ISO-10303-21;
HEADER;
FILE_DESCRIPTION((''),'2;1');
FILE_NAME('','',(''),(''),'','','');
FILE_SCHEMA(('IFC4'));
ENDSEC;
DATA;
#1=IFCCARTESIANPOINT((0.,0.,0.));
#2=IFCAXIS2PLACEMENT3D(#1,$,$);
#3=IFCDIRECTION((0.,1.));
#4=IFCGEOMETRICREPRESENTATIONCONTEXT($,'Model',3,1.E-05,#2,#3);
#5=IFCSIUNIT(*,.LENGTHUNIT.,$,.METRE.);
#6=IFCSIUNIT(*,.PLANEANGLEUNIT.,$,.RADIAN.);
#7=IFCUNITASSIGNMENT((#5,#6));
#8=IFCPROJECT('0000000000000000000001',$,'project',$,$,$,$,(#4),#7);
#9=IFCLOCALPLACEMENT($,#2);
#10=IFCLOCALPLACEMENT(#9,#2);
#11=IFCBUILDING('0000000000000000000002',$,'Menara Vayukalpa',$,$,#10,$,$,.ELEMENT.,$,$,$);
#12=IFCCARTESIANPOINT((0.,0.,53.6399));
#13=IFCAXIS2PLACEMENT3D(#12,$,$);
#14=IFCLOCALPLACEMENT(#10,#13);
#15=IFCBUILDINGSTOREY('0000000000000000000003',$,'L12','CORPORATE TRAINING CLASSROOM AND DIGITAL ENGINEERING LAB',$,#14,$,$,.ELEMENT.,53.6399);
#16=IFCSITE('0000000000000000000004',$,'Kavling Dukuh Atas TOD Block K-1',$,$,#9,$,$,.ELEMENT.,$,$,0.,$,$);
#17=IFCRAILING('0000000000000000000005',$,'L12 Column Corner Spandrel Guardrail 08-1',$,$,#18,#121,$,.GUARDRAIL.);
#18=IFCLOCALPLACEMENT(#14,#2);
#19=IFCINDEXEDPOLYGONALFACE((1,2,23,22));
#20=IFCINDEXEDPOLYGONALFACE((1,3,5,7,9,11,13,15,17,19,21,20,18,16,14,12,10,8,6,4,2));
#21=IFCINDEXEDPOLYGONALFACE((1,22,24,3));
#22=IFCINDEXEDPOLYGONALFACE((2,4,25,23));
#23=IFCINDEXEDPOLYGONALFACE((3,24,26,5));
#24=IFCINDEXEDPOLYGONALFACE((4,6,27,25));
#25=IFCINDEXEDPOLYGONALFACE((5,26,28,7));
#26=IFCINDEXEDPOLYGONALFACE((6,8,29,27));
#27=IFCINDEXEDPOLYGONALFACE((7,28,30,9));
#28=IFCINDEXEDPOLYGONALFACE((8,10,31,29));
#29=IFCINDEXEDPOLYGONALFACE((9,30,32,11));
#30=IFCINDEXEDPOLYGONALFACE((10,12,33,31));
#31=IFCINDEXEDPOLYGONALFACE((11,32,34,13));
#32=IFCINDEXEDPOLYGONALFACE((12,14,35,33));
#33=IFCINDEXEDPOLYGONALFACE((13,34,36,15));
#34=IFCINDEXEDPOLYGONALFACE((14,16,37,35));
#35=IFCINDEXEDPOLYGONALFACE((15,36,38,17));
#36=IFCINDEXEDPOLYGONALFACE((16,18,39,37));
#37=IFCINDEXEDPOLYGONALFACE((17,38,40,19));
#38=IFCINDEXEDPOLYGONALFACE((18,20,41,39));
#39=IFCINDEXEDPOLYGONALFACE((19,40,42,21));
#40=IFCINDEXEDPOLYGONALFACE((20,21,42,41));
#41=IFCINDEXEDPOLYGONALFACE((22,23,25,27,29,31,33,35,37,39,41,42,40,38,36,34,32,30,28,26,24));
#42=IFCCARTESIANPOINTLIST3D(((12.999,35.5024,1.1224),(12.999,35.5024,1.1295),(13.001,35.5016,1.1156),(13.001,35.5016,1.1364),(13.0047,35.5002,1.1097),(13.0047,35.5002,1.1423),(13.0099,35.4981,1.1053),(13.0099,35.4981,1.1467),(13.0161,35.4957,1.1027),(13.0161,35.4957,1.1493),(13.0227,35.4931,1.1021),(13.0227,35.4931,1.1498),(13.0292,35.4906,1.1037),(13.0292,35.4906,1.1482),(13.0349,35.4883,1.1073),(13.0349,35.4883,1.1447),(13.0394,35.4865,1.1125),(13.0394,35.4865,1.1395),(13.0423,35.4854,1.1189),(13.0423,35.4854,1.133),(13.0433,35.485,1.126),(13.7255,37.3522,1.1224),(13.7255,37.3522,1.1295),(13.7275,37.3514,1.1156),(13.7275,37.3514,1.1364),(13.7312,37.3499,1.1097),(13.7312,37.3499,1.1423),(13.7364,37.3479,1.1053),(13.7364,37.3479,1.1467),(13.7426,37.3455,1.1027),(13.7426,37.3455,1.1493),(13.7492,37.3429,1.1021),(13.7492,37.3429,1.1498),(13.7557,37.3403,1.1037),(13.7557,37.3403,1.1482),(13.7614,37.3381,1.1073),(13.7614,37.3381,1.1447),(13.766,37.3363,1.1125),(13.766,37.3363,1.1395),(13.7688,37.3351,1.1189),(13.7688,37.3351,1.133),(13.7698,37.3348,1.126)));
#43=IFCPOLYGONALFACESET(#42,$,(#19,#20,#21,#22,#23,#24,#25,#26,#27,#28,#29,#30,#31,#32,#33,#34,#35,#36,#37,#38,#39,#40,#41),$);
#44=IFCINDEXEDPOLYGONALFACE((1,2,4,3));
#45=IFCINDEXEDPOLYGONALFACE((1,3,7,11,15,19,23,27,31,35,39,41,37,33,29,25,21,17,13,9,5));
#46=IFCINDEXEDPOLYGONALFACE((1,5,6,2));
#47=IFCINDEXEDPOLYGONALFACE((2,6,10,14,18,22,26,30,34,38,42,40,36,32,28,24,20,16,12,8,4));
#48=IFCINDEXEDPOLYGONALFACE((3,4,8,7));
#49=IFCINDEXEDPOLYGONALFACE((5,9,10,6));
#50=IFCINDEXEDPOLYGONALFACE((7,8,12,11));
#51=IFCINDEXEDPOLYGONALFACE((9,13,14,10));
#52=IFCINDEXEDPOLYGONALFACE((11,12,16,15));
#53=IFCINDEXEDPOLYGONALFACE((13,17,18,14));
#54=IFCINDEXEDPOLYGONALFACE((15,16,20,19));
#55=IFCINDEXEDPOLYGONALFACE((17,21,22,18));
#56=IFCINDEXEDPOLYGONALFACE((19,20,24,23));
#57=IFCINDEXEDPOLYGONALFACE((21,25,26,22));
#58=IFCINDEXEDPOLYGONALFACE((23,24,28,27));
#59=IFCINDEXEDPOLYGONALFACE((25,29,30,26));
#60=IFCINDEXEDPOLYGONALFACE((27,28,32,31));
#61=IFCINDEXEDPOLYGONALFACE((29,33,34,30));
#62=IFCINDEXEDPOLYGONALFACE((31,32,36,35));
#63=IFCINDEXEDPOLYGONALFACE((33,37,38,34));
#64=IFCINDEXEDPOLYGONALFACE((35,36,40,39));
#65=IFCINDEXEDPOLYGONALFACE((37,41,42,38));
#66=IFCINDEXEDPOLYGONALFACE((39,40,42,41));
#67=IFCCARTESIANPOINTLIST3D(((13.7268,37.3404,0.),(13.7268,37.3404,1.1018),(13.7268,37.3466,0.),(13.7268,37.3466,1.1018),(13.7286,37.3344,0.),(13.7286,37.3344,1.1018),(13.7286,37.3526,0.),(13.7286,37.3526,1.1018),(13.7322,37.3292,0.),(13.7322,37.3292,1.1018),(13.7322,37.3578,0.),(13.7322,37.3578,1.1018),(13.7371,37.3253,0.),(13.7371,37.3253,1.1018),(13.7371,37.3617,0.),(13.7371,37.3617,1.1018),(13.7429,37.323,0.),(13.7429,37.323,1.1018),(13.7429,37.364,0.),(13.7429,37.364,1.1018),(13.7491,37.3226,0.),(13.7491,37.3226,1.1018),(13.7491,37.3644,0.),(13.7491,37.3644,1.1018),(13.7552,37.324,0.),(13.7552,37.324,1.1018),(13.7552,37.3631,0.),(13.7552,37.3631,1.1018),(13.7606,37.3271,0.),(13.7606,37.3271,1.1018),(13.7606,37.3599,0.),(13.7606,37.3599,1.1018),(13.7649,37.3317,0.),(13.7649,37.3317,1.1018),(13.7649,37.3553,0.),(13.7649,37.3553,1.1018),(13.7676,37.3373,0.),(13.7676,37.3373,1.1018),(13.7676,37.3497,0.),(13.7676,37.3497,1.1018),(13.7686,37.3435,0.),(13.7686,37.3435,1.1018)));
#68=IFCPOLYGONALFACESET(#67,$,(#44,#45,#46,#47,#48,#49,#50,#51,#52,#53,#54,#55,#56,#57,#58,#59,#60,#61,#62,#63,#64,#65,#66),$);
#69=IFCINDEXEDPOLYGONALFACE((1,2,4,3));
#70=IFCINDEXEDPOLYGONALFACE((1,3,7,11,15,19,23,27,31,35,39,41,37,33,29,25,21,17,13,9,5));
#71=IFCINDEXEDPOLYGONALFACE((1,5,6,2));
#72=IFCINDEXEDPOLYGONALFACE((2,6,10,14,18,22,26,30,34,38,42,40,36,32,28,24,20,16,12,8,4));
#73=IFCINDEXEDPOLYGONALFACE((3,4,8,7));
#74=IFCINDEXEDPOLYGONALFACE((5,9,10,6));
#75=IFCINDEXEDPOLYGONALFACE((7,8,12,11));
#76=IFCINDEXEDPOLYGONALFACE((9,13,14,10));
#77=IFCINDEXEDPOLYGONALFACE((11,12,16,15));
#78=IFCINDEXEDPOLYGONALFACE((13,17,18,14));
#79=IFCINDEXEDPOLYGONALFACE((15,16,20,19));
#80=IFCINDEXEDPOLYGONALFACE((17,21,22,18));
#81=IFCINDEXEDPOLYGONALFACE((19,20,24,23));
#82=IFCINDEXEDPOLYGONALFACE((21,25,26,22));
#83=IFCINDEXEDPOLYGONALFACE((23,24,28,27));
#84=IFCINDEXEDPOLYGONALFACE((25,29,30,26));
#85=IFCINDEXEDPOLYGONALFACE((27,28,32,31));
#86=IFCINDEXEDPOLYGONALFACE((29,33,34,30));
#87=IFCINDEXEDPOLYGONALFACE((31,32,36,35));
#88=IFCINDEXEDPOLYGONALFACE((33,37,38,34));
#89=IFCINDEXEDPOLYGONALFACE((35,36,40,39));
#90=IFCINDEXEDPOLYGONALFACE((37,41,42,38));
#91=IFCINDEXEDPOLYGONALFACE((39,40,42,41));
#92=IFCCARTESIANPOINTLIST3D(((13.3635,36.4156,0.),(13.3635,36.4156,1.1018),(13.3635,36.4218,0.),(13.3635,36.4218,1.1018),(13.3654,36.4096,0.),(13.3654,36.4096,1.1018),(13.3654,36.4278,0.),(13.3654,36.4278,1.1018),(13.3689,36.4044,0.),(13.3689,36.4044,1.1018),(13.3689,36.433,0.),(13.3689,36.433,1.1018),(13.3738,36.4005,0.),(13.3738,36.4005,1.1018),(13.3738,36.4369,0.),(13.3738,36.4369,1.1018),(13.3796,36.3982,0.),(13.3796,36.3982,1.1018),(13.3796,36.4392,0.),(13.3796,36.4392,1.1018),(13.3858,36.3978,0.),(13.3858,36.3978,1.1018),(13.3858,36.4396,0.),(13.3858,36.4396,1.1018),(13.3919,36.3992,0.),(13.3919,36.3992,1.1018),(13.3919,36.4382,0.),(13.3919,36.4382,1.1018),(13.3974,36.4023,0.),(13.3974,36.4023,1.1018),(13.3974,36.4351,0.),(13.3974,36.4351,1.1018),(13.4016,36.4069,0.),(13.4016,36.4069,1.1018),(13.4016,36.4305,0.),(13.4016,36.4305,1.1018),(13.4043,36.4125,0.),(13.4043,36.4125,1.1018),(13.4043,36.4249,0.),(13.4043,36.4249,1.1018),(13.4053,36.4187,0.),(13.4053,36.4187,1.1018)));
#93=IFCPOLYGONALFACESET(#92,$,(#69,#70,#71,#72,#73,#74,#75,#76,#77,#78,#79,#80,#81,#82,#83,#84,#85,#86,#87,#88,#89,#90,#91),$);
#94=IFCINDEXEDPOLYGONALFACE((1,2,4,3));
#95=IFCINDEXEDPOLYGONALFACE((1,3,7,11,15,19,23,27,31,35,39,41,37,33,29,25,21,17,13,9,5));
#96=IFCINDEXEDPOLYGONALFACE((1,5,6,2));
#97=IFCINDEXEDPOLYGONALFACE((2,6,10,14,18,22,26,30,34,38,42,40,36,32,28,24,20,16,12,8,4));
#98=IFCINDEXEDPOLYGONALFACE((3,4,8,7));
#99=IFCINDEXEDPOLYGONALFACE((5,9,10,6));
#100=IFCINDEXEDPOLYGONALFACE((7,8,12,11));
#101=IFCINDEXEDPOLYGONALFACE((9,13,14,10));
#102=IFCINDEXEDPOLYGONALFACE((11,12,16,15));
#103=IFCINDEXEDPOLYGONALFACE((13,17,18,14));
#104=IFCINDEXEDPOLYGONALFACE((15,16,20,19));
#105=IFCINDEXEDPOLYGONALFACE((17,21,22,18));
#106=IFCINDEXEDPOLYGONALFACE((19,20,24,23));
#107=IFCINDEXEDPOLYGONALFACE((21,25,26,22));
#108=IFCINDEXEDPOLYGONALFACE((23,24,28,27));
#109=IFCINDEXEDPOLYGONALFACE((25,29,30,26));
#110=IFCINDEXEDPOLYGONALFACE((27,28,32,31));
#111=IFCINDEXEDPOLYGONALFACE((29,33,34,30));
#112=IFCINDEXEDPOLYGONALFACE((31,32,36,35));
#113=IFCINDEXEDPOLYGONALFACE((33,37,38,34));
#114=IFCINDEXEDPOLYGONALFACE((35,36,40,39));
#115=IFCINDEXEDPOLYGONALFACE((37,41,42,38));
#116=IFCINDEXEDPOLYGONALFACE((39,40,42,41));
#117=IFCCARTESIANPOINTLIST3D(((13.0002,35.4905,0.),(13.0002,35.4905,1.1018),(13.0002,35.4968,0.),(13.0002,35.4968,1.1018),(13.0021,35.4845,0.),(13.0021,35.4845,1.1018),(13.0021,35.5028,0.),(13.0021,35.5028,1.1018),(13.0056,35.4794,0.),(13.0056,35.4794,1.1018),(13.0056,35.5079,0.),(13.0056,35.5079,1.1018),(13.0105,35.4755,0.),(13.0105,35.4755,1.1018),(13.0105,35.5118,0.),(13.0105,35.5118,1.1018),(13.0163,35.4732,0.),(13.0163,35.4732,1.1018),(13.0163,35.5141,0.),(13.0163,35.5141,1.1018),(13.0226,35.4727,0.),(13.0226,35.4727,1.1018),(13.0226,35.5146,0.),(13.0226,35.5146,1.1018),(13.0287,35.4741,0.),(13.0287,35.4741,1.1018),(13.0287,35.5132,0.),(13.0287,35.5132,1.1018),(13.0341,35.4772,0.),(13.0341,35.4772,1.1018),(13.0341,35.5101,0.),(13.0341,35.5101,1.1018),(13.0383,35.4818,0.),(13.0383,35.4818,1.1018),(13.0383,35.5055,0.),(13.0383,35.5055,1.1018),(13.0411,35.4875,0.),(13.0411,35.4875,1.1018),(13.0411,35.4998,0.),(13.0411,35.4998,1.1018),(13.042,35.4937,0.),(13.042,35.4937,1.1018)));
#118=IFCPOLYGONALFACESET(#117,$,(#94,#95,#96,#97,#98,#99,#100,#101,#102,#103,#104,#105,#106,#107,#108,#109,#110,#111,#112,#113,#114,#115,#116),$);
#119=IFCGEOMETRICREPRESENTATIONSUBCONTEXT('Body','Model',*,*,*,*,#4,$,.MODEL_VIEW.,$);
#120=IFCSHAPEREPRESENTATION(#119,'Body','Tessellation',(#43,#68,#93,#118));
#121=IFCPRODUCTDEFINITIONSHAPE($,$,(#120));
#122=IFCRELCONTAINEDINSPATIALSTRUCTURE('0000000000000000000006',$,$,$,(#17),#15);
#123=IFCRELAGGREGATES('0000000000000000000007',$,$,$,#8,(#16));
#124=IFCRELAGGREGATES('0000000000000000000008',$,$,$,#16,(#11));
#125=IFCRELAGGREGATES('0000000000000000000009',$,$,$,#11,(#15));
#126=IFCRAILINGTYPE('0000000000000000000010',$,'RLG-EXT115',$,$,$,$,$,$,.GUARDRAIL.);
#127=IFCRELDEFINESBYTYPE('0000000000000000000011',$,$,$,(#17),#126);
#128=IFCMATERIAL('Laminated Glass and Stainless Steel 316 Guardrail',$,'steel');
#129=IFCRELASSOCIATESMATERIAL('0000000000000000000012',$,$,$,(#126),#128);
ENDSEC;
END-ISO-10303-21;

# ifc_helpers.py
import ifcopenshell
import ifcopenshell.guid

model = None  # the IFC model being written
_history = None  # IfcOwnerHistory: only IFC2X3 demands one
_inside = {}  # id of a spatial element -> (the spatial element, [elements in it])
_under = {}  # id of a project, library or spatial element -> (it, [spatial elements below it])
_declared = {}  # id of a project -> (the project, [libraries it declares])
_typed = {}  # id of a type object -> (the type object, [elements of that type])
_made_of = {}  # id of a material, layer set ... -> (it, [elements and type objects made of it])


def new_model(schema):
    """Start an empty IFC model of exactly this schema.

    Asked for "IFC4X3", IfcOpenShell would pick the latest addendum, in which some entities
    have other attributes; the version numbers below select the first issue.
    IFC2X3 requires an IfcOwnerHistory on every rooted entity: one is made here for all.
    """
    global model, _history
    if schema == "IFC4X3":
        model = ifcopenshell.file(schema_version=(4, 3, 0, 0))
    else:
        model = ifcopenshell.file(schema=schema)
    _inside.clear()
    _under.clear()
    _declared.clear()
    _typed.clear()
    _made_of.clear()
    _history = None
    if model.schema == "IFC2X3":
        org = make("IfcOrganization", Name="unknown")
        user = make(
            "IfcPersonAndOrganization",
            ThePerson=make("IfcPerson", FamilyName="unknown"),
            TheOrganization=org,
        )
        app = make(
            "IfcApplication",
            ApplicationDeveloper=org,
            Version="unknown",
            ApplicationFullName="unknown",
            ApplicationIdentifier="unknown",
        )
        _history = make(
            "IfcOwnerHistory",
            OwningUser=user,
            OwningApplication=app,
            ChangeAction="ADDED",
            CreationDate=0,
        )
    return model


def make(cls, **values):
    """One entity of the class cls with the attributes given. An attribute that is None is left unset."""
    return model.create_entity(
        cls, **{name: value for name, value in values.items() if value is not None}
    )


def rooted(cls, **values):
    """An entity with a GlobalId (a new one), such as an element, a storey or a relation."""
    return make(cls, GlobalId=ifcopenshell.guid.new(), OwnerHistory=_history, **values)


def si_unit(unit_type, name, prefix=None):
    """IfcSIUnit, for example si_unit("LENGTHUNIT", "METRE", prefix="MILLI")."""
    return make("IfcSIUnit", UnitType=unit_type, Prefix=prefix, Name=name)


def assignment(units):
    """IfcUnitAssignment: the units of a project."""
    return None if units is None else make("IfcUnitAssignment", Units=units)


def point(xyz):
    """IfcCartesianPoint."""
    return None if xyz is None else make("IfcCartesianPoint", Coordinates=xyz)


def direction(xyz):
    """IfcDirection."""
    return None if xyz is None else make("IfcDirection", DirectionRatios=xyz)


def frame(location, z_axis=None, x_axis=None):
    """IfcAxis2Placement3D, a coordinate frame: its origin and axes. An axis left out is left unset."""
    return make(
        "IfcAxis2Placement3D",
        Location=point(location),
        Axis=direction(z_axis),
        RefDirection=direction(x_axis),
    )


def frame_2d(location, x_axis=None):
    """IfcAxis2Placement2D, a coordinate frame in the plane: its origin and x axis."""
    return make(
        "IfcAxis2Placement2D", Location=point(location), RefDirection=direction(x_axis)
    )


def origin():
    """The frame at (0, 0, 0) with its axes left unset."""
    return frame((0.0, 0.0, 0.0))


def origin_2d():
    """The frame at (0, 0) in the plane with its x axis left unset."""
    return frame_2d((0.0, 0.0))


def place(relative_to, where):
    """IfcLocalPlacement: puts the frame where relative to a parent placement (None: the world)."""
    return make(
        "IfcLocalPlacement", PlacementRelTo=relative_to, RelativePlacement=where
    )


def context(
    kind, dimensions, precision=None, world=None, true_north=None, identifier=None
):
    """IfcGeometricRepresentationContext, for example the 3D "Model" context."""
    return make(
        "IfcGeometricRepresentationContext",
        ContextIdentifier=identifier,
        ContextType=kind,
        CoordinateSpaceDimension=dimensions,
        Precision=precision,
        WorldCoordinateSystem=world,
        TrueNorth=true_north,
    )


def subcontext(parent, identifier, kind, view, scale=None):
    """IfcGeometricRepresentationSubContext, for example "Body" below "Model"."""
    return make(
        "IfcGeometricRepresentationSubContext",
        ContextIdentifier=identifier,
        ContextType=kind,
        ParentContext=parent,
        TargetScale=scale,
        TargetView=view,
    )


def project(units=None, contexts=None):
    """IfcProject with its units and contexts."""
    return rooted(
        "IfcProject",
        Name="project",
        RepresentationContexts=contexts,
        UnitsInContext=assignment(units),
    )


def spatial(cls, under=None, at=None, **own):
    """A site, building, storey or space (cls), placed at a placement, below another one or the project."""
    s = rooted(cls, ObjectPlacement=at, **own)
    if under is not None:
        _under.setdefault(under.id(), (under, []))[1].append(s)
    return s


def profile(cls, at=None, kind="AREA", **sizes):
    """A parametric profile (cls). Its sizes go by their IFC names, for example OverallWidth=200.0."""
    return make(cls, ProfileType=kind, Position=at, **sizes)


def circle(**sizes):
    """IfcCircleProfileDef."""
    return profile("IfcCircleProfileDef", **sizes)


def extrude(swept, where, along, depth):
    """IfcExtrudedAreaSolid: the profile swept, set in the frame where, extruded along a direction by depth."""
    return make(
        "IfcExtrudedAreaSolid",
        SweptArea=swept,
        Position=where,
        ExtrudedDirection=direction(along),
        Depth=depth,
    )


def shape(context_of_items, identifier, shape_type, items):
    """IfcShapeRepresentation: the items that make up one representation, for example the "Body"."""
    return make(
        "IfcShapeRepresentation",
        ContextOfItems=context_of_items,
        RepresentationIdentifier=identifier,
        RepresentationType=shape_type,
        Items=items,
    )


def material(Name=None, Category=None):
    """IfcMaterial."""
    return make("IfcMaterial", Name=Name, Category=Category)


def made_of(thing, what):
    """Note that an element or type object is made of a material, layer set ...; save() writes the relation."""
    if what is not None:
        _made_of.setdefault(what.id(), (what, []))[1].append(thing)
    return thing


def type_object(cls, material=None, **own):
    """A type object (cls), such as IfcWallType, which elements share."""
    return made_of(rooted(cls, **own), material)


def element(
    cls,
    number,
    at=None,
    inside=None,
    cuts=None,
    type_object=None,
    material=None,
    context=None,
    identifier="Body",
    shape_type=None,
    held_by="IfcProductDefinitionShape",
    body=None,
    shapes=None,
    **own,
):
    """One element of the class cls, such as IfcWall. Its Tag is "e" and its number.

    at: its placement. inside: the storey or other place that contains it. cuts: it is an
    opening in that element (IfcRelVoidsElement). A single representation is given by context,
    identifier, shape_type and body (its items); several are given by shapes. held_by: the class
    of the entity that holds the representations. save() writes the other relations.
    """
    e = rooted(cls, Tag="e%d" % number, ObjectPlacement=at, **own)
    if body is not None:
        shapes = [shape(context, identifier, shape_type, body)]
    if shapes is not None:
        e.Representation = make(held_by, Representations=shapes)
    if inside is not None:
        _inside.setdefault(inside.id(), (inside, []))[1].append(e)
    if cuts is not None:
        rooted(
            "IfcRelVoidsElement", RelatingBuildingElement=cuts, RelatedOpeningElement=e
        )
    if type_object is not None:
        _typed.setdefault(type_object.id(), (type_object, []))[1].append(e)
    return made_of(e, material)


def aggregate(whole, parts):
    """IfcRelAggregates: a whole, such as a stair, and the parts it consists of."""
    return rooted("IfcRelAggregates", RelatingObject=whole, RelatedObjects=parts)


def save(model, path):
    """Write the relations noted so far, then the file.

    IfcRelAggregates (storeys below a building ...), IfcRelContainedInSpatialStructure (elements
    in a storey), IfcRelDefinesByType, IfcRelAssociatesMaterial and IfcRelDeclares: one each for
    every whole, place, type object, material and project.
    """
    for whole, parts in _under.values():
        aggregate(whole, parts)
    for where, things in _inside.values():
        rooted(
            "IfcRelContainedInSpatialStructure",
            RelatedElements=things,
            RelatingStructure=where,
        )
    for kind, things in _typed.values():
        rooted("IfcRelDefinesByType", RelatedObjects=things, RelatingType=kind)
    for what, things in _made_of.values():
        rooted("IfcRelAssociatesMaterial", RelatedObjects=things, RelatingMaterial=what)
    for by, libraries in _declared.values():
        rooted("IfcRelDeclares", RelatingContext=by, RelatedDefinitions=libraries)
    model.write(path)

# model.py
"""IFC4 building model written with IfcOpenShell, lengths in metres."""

from ifc_helpers import new_model, si_unit, direction, frame, origin, origin_2d, place, context, subcontext, project, spatial, circle, extrude, material, type_object, element, save


model = new_model("IFC4")

# Units and contexts
model_context = context("Model", 3, precision=1e-05, world=origin(), true_north=direction((0.0, 1.0)))
body_context = subcontext(model_context, "Body", "Model", "MODEL_VIEW")
ifc_project = project(units=[si_unit("LENGTHUNIT", "METRE"), si_unit("PLANEANGLEUNIT", "RADIAN")], contexts=[model_context])

# Site, building, storey
site_placement = place(None, origin())
site = spatial("IfcSite", under=ifc_project, at=site_placement, Name="Kavling Dukuh Atas TOD Block K-1", CompositionType="ELEMENT", RefElevation=0.0)
building_placement = place(site_placement, origin())
building = spatial("IfcBuilding", under=site, at=building_placement, Name="Menara Vayukalpa", CompositionType="ELEMENT")
storey_placement = place(building_placement, frame((0.0, 0.0, 53.6399)))
storey = spatial("IfcBuildingStorey", under=building, at=storey_placement, Name="L12", Description="CORPORATE TRAINING CLASSROOM AND DIGITAL ENGINEERING LAB", CompositionType="ELEMENT", Elevation=53.6399)

# Railing
ifc_material_1 = material(Name="Laminated Glass and Stainless Steel 316 Guardrail", Category="steel")
railing_type = type_object("IfcRailingType", Name="RLG-EXT115", PredefinedType="GUARDRAIL", material=ifc_material_1)
railing_1_placement = place(storey_placement, frame((13.7476, 37.3435, 0.0)))
element("IfcRailing", 1, at=railing_1_placement, inside=storey, type_object=railing_type, Name="L12 Column Corner Spandrel Guardrail 08-1", PredefinedType="GUARDRAIL", context=body_context, shape_type="SweptSolid", body=[
    extrude(circle(Radius=0.0239, at=origin_2d()), frame((0.0, 0.0, 1.126), z_axis=(-0.36558, -0.93078, 0.0), x_axis=(0.93078, -0.36558, 0.0)), (0.0, 0.0, 1.0), 1.9873),
    extrude(circle(Radius=0.021, at=origin_2d()), origin(), (0.0, 0.0, 1.0), 1.1018),
    extrude(circle(Radius=0.021, at=origin_2d()), frame((-0.3633, -0.9248, 0.0)), (0.0, 0.0, 1.0), 1.1018),
    extrude(circle(Radius=0.021, at=origin_2d()), frame((-0.7266, -1.8499, 0.0)), (0.0, 0.0, 1.0), 1.1018),
])

save(model, "model.ifc")
